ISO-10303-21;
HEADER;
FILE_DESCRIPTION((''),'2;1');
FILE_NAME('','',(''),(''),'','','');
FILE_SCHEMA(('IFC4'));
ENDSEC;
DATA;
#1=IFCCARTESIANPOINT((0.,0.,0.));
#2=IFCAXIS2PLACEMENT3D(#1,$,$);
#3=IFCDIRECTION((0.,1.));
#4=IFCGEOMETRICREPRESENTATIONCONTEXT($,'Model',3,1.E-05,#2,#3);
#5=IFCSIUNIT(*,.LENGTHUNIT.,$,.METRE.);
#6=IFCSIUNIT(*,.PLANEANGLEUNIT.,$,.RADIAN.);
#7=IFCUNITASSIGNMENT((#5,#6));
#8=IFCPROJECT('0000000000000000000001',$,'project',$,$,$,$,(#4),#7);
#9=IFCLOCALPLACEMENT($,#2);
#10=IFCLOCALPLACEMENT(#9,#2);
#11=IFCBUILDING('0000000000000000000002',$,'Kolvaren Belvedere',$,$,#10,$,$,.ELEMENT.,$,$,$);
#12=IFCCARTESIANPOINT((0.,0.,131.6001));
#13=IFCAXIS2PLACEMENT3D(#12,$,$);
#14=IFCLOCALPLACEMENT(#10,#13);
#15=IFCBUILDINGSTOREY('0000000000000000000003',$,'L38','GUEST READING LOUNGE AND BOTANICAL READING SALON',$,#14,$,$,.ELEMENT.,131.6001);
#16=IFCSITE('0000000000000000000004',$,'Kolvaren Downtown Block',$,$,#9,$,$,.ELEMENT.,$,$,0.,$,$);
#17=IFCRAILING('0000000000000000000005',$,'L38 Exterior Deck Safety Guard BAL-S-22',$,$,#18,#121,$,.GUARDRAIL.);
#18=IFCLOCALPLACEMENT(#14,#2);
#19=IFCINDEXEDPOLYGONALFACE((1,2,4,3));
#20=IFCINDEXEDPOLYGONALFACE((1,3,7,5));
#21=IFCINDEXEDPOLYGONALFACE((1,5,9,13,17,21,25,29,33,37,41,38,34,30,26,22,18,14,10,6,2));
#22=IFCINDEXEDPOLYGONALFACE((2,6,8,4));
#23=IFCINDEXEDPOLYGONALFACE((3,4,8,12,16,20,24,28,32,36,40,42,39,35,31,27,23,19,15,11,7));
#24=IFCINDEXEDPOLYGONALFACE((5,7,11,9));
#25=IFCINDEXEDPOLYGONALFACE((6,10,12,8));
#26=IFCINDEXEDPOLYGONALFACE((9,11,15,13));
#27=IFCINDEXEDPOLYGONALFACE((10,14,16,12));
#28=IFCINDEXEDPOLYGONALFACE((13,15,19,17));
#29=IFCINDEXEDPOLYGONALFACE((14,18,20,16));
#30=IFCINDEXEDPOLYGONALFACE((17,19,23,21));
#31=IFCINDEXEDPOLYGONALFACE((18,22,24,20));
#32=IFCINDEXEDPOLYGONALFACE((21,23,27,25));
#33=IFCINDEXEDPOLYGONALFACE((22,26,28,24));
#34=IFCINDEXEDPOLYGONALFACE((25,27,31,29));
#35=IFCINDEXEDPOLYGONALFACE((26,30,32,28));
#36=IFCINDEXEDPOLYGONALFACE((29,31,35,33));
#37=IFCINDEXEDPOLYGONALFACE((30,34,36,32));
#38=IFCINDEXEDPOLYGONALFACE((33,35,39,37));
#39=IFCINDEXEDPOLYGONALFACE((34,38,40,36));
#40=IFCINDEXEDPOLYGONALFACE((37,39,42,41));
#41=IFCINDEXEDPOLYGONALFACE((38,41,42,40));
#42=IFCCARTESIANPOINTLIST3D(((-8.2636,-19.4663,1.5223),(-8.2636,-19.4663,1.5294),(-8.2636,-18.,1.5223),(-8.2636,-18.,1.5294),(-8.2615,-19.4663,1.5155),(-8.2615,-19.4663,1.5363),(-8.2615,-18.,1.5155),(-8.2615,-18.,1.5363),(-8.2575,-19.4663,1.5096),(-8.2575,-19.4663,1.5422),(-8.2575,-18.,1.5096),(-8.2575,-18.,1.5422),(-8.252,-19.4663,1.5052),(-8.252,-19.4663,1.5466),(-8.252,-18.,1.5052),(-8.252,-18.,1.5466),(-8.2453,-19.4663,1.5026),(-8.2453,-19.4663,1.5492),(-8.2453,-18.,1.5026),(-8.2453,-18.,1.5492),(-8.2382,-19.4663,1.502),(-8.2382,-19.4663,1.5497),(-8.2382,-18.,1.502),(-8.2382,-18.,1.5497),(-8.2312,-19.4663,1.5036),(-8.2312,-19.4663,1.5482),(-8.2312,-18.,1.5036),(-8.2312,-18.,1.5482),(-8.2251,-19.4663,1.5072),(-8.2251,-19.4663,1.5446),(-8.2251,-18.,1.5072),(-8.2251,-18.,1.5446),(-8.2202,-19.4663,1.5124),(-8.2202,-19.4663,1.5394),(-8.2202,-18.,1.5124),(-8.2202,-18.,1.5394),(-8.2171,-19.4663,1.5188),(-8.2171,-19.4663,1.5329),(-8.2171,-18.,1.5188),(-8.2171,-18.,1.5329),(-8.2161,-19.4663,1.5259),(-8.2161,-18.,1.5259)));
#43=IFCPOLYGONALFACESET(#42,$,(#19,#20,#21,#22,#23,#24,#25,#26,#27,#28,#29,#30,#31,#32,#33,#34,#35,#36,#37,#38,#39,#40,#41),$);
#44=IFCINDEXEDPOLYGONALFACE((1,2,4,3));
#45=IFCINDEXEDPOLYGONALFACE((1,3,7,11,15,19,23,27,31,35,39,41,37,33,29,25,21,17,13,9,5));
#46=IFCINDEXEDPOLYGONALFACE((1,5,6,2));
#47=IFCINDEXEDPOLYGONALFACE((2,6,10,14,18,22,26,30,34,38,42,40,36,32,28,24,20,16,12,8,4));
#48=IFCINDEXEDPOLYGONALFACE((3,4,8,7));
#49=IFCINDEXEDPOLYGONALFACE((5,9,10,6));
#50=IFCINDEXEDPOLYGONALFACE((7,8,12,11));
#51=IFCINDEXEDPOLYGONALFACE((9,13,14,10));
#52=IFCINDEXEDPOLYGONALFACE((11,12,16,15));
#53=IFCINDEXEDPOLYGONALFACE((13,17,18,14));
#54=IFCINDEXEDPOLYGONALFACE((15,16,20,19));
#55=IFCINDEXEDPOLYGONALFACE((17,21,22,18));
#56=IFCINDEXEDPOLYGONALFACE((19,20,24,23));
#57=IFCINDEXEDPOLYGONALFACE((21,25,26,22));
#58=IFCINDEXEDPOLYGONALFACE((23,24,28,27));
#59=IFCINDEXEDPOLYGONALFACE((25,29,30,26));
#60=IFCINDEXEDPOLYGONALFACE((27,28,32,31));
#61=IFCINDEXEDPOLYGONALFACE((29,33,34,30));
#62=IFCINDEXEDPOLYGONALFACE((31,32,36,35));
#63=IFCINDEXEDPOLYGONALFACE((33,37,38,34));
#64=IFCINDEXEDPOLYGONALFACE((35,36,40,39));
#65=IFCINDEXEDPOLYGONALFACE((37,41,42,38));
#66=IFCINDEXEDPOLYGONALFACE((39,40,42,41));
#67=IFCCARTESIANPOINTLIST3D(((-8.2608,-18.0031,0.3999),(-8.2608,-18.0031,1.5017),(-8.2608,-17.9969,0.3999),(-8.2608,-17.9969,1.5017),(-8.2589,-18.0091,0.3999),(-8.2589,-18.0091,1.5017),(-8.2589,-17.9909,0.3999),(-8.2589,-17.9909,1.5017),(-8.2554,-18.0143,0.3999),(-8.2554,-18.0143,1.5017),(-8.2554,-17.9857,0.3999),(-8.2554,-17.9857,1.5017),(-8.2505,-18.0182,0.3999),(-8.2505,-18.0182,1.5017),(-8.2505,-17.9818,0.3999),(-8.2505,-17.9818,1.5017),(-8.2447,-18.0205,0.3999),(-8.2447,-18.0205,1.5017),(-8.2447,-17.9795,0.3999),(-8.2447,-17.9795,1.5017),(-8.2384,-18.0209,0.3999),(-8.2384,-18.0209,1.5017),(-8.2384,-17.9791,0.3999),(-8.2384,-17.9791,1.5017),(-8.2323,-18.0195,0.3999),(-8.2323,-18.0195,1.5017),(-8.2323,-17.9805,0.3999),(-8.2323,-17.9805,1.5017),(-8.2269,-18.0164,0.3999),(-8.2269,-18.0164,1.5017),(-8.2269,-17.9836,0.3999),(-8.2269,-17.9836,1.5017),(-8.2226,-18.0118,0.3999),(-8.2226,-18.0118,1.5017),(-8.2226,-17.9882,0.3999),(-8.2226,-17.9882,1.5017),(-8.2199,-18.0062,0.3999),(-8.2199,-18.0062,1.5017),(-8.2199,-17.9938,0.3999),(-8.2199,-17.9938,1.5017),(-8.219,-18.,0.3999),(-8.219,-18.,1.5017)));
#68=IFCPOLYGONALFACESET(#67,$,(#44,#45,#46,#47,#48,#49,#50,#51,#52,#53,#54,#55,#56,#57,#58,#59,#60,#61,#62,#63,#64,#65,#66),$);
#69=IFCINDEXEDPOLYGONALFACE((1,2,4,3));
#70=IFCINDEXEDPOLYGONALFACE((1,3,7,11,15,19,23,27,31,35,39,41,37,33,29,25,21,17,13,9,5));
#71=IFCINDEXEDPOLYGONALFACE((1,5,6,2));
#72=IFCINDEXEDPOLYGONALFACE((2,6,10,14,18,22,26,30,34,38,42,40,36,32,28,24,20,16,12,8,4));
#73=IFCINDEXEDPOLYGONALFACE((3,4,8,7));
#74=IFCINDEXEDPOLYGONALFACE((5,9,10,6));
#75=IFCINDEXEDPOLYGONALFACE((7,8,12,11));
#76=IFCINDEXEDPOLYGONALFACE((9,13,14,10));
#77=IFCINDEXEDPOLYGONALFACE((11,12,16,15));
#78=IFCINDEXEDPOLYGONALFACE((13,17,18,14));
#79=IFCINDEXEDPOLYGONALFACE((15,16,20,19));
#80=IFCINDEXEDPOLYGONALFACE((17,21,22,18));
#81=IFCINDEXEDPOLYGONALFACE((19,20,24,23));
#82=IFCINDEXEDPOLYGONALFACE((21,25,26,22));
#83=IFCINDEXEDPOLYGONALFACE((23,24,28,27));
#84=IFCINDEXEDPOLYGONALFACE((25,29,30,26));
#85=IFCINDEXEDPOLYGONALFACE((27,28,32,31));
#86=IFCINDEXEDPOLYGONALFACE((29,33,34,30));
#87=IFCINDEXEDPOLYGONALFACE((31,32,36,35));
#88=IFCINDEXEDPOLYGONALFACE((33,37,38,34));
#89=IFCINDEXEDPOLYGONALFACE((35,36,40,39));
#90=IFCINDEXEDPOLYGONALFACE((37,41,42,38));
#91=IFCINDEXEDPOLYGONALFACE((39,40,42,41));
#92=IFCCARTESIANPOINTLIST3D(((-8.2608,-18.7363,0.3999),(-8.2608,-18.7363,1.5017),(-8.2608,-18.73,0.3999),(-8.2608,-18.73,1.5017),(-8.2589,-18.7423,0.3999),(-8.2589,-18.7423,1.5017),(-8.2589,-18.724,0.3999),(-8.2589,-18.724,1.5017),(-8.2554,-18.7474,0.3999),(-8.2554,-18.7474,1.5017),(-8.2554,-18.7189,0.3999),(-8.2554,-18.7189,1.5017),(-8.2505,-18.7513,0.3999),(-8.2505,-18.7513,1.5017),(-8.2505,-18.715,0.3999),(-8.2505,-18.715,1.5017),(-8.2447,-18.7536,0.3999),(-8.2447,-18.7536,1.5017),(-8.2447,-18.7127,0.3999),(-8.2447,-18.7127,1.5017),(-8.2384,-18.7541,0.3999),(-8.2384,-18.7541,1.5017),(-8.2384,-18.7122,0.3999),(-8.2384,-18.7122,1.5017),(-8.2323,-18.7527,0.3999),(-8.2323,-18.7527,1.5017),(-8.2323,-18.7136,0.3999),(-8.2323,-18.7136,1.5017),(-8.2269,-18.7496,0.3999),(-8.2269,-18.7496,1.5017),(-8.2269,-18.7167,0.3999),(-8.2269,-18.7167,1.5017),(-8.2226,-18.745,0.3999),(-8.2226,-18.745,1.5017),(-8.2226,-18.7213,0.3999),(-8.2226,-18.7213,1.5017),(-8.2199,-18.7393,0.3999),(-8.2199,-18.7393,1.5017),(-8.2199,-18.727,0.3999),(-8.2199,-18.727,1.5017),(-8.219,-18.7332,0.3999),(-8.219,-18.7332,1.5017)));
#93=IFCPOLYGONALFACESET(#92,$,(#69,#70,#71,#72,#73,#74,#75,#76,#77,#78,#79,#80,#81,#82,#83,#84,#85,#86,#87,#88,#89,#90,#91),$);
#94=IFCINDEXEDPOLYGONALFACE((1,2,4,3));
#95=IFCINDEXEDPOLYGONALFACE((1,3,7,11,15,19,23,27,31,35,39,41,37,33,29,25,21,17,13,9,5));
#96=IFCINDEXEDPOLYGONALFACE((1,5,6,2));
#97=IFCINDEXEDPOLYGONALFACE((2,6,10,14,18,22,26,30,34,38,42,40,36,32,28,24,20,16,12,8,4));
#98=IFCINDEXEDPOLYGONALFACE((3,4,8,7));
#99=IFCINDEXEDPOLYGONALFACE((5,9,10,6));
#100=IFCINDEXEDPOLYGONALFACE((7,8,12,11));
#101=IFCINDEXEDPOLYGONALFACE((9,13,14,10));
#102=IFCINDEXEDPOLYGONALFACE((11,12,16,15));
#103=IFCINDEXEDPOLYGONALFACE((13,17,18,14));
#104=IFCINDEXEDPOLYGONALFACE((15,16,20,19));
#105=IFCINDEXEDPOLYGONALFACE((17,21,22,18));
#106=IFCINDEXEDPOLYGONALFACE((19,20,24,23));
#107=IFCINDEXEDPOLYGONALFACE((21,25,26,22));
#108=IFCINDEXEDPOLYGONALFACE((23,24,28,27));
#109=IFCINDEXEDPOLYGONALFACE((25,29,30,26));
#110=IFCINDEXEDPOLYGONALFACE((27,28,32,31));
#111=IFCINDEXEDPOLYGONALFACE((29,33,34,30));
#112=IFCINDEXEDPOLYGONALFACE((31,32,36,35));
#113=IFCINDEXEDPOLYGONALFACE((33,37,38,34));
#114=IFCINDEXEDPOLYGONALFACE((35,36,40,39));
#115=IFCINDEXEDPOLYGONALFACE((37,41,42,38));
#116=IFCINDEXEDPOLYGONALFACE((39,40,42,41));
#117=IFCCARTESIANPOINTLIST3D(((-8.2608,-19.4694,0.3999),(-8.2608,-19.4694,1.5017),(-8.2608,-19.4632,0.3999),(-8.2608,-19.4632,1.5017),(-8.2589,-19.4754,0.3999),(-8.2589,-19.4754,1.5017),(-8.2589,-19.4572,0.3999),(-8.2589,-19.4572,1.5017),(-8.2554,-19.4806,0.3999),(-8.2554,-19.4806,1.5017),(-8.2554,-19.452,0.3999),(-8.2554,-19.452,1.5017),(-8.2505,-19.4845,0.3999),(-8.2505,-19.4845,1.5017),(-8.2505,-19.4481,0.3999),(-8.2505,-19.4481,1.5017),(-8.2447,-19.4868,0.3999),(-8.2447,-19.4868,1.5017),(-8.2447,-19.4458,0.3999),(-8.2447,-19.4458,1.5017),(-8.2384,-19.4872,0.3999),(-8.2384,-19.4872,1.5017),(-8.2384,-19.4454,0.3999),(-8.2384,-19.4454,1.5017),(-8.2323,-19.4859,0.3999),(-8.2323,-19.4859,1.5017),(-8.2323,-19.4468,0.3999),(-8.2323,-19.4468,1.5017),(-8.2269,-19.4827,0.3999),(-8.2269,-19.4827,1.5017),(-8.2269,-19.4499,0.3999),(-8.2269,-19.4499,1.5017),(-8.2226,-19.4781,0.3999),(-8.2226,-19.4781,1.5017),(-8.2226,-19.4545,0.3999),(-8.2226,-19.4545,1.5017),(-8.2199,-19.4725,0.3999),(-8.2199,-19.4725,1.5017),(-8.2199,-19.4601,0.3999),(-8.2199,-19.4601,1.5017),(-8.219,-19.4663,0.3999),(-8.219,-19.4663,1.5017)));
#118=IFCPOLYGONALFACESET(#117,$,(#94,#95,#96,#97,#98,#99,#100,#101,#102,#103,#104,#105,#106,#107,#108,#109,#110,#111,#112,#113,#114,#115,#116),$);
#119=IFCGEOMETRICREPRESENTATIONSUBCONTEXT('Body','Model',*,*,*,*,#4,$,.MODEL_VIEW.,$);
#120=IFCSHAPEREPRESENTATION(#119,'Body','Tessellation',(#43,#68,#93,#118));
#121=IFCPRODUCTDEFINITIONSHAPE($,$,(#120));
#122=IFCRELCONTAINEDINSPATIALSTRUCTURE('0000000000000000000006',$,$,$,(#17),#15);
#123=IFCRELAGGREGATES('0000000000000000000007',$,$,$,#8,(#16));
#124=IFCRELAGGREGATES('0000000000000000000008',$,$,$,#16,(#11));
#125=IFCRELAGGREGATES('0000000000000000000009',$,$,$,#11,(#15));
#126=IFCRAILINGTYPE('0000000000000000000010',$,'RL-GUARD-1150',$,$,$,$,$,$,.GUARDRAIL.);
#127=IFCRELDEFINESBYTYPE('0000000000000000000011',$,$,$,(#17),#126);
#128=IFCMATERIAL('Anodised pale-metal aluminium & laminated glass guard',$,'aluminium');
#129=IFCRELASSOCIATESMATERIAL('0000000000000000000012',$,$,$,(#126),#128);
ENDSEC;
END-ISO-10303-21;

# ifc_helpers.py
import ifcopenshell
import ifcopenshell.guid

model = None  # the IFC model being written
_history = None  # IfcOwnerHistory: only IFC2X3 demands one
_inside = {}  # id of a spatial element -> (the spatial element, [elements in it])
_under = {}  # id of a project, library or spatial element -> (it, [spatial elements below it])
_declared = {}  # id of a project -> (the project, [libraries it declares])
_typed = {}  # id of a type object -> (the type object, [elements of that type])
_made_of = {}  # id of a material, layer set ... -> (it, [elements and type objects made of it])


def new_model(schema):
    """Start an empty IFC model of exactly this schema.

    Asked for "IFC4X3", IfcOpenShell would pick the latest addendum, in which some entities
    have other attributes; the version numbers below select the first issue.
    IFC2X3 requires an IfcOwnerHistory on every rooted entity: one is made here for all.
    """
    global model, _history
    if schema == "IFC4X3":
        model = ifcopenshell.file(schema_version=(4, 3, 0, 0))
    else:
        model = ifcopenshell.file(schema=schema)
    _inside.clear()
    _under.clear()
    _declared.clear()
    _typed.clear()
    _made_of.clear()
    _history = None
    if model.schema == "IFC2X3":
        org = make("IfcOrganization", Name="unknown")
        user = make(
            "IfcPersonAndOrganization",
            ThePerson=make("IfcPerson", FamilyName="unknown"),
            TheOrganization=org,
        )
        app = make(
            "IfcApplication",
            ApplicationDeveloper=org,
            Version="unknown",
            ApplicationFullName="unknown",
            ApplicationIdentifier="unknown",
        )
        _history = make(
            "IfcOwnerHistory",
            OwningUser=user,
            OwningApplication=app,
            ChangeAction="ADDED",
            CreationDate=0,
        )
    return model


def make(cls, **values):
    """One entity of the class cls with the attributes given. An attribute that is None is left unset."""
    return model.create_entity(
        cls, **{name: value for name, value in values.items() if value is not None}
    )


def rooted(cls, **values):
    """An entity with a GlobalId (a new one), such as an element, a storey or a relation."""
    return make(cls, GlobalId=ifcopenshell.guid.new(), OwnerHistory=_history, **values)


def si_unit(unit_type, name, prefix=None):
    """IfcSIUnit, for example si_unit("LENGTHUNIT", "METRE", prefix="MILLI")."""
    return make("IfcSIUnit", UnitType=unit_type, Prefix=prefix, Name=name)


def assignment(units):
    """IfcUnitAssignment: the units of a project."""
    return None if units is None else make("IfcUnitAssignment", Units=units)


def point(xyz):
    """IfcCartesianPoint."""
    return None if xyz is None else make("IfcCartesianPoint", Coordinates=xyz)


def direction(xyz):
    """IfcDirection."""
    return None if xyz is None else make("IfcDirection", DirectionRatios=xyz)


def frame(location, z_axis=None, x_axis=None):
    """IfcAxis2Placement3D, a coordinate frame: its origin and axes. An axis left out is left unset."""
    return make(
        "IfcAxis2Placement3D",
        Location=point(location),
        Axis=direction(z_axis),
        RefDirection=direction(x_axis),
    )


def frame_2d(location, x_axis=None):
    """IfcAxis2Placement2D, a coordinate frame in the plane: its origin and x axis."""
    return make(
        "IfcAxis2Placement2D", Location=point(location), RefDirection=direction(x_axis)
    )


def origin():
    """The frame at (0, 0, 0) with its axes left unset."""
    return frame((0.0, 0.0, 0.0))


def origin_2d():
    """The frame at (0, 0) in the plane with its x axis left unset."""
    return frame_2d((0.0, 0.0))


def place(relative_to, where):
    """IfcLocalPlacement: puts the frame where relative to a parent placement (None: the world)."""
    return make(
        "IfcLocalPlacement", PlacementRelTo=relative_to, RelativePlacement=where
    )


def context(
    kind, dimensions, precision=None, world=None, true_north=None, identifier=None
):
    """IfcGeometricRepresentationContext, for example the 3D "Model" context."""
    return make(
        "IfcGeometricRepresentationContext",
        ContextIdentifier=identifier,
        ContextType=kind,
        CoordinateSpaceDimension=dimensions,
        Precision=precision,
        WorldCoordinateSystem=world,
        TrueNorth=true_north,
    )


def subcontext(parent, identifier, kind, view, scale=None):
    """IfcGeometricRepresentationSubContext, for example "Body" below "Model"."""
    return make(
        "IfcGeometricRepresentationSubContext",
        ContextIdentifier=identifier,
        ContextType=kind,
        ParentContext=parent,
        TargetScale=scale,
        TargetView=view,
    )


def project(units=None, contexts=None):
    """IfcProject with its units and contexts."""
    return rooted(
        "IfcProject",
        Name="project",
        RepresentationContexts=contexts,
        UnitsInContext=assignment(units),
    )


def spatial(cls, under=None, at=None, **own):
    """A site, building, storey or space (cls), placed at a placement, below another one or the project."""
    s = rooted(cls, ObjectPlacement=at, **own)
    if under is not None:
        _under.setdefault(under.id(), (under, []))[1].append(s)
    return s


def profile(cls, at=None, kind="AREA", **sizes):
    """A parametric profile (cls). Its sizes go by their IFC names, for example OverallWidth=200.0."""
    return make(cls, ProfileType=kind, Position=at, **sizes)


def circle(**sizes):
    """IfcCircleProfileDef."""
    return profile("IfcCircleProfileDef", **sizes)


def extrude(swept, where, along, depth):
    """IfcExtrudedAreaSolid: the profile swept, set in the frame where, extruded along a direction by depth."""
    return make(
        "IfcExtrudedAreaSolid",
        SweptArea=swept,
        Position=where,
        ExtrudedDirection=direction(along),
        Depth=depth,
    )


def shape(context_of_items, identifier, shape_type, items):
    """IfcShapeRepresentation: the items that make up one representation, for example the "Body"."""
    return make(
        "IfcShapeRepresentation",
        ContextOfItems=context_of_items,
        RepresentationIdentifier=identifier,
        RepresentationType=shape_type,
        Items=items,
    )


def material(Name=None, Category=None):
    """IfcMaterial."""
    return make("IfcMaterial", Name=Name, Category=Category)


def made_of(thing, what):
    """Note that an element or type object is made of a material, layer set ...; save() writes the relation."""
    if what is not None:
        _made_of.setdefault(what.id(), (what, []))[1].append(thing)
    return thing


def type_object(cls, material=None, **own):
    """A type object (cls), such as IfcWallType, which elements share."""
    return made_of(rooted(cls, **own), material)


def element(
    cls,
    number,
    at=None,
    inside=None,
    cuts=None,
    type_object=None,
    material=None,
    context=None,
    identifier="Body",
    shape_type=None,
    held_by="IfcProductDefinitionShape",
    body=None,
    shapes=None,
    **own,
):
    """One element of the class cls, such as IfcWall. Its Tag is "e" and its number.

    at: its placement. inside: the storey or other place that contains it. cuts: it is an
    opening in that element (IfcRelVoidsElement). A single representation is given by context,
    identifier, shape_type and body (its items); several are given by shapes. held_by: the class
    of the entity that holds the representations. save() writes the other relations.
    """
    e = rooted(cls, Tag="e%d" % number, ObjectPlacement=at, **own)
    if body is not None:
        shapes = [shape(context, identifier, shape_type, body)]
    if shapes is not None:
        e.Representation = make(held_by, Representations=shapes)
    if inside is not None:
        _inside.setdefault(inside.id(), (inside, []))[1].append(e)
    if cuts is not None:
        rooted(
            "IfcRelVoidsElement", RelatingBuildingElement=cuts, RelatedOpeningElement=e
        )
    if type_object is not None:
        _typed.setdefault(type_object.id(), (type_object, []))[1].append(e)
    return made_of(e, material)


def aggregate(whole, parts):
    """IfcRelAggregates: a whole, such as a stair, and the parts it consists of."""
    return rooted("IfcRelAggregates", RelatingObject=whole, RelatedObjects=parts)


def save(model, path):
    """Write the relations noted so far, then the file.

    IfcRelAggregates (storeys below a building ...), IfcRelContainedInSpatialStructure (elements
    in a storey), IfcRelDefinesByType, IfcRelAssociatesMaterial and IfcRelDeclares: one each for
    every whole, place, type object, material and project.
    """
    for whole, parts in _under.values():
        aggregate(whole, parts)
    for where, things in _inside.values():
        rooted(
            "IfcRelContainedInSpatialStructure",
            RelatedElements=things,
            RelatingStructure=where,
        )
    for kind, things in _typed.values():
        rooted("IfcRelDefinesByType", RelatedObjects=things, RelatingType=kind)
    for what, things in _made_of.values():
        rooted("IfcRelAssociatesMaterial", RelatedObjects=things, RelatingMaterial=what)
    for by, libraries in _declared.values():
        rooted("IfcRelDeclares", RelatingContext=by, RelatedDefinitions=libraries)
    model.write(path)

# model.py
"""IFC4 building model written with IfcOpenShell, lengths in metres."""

from ifc_helpers import new_model, si_unit, direction, frame, origin, origin_2d, place, context, subcontext, project, spatial, circle, extrude, material, type_object, element, save


model = new_model("IFC4")

# Units and contexts
model_context = context("Model", 3, precision=1e-05, world=origin(), true_north=direction((0.0, 1.0)))
body_context = subcontext(model_context, "Body", "Model", "MODEL_VIEW")
ifc_project = project(units=[si_unit("LENGTHUNIT", "METRE"), si_unit("PLANEANGLEUNIT", "RADIAN")], contexts=[model_context])

# Site, building, storey
site_placement = place(None, origin())
site = spatial("IfcSite", under=ifc_project, at=site_placement, Name="Kolvaren Downtown Block", CompositionType="ELEMENT", RefElevation=0.0)
building_placement = place(site_placement, origin())
building = spatial("IfcBuilding", under=site, at=building_placement, Name="Kolvaren Belvedere", CompositionType="ELEMENT")
storey_placement = place(building_placement, frame((0.0, 0.0, 131.6001)))
storey = spatial("IfcBuildingStorey", under=building, at=storey_placement, Name="L38", Description="GUEST READING LOUNGE AND BOTANICAL READING SALON", CompositionType="ELEMENT", Elevation=131.6001)

# Railing
ifc_material_1 = material(Name="Anodised pale-metal aluminium & laminated glass guard", Category="aluminium")
railing_type = type_object("IfcRailingType", Name="RL-GUARD-1150", PredefinedType="GUARDRAIL", material=ifc_material_1)
railing_1_placement = place(storey_placement, frame((-8.24, -18.0, 0.3999)))
element("IfcRailing", 1, at=railing_1_placement, inside=storey, type_object=railing_type, Name="L38 Exterior Deck Safety Guard BAL-S-22", PredefinedType="GUARDRAIL", context=body_context, shape_type="SweptSolid", body=[
    extrude(circle(Radius=0.0239, at=origin_2d()), frame((0.0, 0.0, 1.126), z_axis=(0.0, -1.0, 0.0), x_axis=(1.0, 0.0, 0.0)), (0.0, 0.0, 1.0), 1.4663),
    extrude(circle(Radius=0.021, at=origin_2d()), origin(), (0.0, 0.0, 1.0), 1.1018),
    extrude(circle(Radius=0.021, at=origin_2d()), frame((0.0, -0.7332, 0.0)), (0.0, 0.0, 1.0), 1.1018),
    extrude(circle(Radius=0.021, at=origin_2d()), frame((0.0, -1.4663, 0.0)), (0.0, 0.0, 1.0), 1.1018),
])

save(model, "model.ifc")
